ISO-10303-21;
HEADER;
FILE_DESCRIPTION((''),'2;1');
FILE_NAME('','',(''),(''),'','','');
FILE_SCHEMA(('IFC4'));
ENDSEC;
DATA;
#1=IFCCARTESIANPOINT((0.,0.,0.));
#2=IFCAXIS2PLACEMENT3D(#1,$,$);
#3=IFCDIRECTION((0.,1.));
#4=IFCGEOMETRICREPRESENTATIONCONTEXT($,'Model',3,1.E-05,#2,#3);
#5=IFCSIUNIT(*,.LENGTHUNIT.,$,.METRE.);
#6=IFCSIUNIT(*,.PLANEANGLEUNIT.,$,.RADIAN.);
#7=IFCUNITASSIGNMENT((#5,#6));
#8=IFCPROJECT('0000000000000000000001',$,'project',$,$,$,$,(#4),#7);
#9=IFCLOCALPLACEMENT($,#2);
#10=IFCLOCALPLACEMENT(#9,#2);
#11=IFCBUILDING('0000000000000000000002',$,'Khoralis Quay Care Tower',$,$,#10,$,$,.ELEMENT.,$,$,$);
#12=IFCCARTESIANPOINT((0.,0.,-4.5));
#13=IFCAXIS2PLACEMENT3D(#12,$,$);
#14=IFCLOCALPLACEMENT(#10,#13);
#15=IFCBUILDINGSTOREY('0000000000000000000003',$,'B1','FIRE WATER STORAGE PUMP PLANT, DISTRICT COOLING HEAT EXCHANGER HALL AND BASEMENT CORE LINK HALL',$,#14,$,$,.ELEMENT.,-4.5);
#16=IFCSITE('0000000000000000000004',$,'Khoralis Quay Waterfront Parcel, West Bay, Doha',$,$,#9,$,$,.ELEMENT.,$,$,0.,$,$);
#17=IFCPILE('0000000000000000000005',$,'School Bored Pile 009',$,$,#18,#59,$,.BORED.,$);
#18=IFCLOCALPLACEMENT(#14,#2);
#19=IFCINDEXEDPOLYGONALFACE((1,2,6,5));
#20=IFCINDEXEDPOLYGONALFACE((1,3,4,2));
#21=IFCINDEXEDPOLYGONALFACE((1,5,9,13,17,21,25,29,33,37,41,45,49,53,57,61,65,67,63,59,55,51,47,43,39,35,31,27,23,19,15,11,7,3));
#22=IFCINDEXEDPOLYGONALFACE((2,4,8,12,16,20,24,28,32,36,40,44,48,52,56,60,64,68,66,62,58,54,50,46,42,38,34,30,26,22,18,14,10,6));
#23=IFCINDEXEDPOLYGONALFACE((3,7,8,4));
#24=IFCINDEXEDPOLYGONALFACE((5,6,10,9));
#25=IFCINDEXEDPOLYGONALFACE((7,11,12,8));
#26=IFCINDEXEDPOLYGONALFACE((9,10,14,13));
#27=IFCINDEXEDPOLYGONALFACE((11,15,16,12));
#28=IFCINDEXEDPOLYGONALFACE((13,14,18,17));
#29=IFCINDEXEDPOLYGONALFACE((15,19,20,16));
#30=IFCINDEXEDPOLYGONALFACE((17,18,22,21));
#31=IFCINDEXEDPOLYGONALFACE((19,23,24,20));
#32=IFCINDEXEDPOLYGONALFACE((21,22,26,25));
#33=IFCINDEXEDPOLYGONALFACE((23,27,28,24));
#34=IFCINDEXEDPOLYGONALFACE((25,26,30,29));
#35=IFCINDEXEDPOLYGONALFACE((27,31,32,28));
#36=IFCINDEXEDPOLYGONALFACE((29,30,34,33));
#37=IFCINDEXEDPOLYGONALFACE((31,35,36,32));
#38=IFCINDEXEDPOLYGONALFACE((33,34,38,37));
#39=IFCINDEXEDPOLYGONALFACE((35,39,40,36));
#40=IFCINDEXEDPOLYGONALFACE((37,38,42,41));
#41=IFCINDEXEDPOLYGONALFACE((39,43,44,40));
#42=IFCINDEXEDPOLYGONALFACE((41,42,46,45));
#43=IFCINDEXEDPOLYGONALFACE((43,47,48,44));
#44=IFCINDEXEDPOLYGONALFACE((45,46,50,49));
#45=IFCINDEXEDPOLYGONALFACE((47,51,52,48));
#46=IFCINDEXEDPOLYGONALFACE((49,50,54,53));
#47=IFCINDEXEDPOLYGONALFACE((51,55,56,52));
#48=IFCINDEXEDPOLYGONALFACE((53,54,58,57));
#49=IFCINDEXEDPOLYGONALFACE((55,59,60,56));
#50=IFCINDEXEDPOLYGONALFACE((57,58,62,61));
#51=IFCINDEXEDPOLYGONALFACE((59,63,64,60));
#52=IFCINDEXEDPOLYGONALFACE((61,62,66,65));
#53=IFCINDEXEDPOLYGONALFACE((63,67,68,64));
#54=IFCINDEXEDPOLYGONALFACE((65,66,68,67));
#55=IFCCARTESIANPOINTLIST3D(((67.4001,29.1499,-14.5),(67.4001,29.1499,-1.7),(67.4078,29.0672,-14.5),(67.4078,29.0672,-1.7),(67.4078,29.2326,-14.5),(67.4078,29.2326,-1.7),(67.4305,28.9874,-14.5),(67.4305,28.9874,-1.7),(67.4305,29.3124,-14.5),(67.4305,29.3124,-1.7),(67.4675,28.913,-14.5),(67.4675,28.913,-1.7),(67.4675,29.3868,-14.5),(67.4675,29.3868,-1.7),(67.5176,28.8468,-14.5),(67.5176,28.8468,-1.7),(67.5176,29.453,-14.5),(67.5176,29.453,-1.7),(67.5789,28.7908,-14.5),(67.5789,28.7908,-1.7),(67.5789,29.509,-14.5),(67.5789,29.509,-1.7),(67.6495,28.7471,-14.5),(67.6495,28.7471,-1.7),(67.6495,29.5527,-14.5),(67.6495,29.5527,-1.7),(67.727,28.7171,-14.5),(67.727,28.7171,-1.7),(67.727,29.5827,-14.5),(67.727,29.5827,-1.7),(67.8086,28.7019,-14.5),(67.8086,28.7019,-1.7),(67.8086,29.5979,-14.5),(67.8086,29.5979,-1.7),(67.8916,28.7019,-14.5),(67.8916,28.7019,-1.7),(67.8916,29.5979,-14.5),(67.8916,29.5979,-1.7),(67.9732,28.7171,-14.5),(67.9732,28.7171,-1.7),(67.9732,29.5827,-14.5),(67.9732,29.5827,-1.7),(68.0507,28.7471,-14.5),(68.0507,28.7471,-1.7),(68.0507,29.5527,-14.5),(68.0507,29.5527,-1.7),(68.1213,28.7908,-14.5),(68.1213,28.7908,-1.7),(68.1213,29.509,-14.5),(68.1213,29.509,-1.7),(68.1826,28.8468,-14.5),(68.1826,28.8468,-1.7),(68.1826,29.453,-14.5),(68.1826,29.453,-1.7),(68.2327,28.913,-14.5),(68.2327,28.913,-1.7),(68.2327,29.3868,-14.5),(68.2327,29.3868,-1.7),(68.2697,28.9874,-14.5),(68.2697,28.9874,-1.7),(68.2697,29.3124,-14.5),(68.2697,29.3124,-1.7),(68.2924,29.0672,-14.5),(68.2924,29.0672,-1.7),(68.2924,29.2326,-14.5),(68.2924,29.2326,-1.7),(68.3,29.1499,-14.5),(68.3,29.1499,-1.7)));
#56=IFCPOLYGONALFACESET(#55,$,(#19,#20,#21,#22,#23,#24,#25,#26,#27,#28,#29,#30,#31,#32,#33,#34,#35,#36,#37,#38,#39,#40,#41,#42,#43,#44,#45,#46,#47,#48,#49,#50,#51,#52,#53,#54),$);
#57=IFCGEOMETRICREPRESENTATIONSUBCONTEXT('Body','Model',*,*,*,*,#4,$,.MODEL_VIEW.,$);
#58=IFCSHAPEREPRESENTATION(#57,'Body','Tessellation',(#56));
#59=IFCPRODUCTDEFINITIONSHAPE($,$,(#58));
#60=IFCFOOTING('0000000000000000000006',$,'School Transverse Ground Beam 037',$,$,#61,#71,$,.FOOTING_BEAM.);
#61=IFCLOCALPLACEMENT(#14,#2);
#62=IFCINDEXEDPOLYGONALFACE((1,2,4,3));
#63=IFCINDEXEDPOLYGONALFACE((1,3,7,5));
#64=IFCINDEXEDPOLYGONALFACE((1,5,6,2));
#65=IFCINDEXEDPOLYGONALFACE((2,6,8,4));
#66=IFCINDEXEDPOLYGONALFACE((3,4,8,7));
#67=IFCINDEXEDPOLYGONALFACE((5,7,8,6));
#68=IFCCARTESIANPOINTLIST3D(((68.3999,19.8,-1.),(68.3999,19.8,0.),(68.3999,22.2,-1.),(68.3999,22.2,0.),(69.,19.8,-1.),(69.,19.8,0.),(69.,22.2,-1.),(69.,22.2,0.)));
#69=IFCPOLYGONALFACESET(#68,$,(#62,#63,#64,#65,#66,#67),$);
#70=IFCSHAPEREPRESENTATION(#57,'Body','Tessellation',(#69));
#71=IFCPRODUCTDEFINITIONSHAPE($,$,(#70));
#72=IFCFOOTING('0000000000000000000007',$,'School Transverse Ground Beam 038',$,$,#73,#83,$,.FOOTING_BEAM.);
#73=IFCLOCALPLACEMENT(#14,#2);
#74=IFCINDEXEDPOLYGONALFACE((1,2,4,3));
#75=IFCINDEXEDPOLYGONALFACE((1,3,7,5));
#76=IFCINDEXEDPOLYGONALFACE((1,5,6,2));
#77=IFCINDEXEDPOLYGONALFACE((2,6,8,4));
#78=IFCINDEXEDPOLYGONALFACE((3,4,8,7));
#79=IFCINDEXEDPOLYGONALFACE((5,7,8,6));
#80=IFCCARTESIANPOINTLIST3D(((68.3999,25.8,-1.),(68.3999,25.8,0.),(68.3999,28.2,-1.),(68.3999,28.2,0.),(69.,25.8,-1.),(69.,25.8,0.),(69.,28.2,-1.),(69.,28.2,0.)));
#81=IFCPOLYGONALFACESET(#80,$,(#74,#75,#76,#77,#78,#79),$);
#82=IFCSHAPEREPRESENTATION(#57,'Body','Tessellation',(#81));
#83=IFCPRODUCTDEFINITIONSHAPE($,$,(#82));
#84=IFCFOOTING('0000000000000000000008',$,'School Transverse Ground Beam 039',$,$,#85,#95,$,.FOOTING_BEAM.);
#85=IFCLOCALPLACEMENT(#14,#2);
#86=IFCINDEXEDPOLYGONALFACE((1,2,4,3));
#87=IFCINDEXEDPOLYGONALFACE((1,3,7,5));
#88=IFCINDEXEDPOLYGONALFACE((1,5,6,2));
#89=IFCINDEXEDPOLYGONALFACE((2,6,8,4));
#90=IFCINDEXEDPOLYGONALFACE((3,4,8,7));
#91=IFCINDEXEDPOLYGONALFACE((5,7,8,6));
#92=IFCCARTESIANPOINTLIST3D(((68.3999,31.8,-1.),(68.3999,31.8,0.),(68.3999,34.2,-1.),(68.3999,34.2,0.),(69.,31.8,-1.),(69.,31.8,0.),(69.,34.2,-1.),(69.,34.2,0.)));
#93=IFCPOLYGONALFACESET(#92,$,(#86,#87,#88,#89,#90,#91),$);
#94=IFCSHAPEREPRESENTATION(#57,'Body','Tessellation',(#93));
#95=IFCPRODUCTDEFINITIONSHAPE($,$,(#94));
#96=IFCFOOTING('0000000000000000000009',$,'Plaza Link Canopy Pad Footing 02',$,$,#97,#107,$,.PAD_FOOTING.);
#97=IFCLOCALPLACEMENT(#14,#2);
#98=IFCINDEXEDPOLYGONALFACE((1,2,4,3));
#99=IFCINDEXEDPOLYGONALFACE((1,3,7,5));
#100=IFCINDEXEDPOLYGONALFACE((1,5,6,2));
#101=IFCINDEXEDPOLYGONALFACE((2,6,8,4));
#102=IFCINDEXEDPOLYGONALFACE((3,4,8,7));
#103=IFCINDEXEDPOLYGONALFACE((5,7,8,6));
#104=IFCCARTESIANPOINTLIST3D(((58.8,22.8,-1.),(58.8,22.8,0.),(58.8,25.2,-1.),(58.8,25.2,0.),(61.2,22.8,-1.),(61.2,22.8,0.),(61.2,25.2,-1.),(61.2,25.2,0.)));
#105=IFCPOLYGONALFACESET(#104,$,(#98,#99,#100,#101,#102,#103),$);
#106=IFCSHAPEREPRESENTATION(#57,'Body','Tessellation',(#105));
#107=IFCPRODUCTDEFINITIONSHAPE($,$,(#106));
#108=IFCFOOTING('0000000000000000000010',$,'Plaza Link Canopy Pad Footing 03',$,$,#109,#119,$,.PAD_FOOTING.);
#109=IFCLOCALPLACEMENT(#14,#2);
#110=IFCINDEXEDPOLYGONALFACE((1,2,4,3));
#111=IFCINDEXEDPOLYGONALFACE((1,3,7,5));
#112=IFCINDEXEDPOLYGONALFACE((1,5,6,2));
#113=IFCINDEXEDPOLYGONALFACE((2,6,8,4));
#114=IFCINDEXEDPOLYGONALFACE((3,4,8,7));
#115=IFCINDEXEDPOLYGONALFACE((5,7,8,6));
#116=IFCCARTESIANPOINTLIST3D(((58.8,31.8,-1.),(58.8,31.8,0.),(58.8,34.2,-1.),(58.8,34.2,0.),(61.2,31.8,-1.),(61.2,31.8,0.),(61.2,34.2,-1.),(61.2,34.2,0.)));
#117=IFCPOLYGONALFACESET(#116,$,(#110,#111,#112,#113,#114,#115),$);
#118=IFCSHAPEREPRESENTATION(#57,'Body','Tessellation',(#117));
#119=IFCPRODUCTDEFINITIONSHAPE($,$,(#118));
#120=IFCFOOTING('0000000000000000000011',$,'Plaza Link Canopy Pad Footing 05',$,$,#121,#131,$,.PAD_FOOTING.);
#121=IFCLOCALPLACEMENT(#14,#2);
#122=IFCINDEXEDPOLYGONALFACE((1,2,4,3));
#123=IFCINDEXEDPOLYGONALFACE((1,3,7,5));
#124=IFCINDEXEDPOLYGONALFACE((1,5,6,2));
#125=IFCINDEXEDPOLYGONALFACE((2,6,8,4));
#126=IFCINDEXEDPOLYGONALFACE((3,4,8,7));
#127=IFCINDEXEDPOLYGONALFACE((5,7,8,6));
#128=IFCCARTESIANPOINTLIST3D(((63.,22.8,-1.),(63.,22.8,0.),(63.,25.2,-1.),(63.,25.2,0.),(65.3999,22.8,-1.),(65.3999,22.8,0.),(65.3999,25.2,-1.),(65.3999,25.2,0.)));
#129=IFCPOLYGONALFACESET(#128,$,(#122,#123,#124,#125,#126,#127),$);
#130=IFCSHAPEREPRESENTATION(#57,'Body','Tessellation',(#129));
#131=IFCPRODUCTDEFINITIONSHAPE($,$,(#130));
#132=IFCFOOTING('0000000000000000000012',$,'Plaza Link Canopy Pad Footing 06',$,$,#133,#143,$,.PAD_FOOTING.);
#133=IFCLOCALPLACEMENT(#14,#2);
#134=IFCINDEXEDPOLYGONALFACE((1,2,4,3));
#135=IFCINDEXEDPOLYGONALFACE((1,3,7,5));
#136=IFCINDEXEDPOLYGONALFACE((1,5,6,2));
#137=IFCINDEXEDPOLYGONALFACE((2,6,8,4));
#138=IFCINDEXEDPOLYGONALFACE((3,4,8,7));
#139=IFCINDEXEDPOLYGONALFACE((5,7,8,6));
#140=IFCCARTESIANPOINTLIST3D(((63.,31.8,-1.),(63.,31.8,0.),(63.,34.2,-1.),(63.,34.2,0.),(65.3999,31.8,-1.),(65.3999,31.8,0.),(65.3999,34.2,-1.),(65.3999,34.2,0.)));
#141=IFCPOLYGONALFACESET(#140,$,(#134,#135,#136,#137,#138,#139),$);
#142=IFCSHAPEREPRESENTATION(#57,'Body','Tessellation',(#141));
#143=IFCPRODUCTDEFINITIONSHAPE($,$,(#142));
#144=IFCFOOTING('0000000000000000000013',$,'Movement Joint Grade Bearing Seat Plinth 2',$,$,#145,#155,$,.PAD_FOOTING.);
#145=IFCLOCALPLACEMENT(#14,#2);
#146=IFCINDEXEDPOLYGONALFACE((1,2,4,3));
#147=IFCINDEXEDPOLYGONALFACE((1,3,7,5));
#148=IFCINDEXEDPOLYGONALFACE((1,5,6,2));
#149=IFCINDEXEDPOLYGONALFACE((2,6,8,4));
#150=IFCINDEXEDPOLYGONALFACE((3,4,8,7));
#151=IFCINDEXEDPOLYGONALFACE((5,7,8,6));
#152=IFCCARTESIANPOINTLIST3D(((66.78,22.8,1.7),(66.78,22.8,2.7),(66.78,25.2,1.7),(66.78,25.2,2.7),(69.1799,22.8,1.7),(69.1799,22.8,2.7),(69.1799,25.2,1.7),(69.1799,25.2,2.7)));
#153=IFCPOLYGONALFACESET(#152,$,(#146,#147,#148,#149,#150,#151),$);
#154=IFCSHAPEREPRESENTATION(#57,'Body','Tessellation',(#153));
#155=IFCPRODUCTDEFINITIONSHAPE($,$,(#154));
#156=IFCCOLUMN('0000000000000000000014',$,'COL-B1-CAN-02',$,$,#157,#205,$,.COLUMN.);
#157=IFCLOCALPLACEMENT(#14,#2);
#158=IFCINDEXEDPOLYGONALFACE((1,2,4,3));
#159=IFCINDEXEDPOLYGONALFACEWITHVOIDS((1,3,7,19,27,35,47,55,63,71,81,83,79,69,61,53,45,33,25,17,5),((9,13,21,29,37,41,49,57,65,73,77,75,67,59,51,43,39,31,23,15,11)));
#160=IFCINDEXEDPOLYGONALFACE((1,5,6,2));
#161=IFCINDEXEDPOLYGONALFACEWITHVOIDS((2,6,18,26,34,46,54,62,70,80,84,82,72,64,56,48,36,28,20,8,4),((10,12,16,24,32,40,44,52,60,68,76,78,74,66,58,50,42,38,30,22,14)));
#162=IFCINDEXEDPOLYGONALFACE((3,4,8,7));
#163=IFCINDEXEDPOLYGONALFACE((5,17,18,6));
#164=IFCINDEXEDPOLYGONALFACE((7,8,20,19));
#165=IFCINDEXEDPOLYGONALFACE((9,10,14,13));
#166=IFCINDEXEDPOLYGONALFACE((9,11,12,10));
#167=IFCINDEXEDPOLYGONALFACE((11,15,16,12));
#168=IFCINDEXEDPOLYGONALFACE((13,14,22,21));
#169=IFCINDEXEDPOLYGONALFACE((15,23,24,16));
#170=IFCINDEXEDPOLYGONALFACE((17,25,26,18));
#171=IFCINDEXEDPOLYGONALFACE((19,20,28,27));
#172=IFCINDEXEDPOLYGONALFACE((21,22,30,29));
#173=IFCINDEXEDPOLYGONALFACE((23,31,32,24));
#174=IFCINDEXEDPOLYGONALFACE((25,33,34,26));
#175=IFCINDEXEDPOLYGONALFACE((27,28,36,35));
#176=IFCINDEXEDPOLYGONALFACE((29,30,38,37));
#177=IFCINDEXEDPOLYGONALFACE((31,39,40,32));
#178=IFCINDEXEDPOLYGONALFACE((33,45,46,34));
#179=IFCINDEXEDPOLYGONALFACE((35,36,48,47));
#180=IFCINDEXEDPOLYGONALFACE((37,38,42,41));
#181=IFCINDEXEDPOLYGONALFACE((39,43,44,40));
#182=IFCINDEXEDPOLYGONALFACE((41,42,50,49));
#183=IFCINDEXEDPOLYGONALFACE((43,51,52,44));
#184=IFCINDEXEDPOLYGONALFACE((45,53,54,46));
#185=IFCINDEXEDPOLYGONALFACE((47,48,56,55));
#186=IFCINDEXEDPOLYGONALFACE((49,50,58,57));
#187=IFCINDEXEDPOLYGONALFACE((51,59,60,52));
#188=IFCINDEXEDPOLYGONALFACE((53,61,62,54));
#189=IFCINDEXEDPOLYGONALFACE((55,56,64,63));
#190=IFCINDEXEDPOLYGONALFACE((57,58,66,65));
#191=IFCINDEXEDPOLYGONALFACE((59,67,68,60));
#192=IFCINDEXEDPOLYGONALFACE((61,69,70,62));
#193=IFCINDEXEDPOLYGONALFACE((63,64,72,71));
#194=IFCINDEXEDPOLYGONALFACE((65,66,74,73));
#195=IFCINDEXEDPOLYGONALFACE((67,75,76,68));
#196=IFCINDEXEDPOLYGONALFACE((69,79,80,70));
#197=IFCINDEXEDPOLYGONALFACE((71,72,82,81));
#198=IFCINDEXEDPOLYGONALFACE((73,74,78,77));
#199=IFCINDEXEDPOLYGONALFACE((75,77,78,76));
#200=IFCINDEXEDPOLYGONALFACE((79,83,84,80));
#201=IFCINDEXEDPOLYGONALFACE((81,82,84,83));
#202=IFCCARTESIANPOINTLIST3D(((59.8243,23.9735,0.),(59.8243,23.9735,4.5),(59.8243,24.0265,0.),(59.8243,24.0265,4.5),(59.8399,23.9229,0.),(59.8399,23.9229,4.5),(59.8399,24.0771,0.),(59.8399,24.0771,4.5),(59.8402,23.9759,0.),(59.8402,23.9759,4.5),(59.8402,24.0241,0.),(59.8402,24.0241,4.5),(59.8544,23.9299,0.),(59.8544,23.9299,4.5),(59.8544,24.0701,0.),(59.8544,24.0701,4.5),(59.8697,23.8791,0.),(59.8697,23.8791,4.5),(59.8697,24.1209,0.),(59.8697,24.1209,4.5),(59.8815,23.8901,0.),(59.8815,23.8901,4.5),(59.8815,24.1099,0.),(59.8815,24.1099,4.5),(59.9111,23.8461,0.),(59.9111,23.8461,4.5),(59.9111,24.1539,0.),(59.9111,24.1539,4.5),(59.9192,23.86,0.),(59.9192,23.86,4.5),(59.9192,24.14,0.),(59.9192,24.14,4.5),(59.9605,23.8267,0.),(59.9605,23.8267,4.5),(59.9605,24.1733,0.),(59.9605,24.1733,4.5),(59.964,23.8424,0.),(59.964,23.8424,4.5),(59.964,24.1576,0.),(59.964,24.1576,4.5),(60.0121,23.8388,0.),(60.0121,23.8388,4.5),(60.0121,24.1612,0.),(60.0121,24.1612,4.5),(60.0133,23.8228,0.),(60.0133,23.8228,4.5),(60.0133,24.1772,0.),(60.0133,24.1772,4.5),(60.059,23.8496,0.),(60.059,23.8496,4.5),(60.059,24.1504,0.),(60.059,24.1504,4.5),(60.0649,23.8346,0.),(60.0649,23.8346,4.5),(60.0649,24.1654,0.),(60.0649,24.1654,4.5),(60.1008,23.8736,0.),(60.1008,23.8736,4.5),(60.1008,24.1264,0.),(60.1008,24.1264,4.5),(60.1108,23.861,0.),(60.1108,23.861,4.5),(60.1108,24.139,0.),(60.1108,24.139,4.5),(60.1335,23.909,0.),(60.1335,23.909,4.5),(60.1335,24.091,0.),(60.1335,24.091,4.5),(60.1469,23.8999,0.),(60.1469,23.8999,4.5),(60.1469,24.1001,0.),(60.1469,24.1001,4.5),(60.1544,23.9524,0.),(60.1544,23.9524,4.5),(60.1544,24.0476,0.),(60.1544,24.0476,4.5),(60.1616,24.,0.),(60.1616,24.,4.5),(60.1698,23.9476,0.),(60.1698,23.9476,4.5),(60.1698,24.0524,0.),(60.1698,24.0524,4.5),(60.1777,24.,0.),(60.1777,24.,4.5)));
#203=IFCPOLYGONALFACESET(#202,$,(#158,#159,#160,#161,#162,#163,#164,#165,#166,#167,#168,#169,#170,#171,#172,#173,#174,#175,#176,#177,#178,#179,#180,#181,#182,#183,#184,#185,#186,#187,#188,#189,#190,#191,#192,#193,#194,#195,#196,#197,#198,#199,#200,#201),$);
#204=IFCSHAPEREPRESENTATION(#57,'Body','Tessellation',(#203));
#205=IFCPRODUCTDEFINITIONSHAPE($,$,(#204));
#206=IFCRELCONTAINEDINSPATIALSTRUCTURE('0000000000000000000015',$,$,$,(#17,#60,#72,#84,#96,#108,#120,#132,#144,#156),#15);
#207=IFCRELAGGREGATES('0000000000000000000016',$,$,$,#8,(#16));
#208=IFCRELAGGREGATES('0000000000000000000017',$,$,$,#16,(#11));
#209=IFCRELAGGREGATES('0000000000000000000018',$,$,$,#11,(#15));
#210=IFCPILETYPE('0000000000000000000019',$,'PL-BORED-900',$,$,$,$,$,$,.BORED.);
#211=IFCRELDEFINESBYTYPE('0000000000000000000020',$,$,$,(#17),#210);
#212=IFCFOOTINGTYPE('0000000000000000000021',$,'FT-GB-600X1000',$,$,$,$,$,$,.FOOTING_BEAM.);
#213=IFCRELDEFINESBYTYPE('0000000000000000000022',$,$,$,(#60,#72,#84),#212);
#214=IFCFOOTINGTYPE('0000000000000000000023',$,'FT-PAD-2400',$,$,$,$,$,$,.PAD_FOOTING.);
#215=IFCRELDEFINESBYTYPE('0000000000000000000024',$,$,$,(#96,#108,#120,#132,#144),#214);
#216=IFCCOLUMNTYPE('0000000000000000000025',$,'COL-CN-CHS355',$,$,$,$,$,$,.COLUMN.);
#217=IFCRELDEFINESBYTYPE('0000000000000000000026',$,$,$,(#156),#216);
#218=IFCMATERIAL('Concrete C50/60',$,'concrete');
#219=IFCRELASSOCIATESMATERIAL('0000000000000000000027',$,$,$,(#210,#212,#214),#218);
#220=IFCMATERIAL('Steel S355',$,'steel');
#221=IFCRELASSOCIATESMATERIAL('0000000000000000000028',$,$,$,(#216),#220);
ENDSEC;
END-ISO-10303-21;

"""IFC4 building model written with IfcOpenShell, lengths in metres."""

from ifc_helpers import new_model, si_unit, direction, frame, origin, origin_2d, place, context, subcontext, project, spatial, rectangle, circle, hollow_circle, extrude, source, transform, mapped, material, material_profile, profile_set, type_object, element, save


model = new_model("IFC4")

# Units and contexts
model_context = context("Model", 3, precision=1e-05, world=origin(), true_north=direction((0.0, 1.0)))
body_context = subcontext(model_context, "Body", "Model", "MODEL_VIEW")
ifc_project = project(units=[si_unit("LENGTHUNIT", "METRE"), si_unit("PLANEANGLEUNIT", "RADIAN")], contexts=[model_context])

# Site, building, storey
site_placement = place(None, origin())
site = spatial("IfcSite", under=ifc_project, at=site_placement, Name="Khoralis Quay Waterfront Parcel, West Bay, Doha", CompositionType="ELEMENT", RefElevation=0.0)
building_placement = place(site_placement, origin())
building = spatial("IfcBuilding", under=site, at=building_placement, Name="Khoralis Quay Care Tower", CompositionType="ELEMENT")
storey_placement = place(building_placement, frame((0.0, 0.0, -4.5)))
storey = spatial("IfcBuildingStorey", under=building, at=storey_placement, Name="B1", Description="FIRE WATER STORAGE PUMP PLANT, DISTRICT COOLING HEAT EXCHANGER HALL AND BASEMENT CORE LINK HALL", CompositionType="ELEMENT", Elevation=-4.5)

# Shared definitions
ifc_material_1 = material(Name="Concrete C50/60", Category="concrete")

# Pile
ifc_material_profile_1 = material_profile(ifc_material_1, circle(Radius=0.45, at=origin_2d()), Name="Concrete C50/60")
ifc_profile_set_1 = profile_set([ifc_material_profile_1], Name="Concrete C50/60")
pile_type_1 = type_object("IfcPileType", Name="PL-BORED-900", PredefinedType="BORED", material=ifc_profile_set_1)
shared_shape_1 = source(origin(), body_context, "Body", "SweptSolid", [
    extrude(circle(Radius=0.45, at=origin_2d()), origin(), (0.0, 0.0, 1.0), 12.8),
])
for number, where, z_axis, x_axis, name in (
    (1, (67.8501, 29.1499, -1.7), (0.0, 0.0, -1.0), (1.0, 0.0, 0.0), "School Bored Pile 009"),
):
    element("IfcPile", number, at=place(storey_placement, frame(where, z_axis=z_axis, x_axis=x_axis)), inside=storey, type_object=pile_type_1, Name=name, PredefinedType="BORED", context=body_context, shape_type="MappedRepresentation", body=[
        mapped(shared_shape_1, transform((0.0, 0.0, 0.0), scale=1.0)),
    ])

# Footings
ifc_material_profile_2 = material_profile(ifc_material_1, rectangle(XDim=0.6001, YDim=1.0, at=origin_2d()), Name="Concrete C50/60")
ifc_profile_set_2 = profile_set([ifc_material_profile_2], Name="Concrete C50/60")
footing_type_1 = type_object("IfcFootingType", Name="FT-GB-600X1000", PredefinedType="FOOTING_BEAM", material=ifc_profile_set_2)
shared_shape_2 = source(origin(), body_context, "Body", "SweptSolid", [
    extrude(rectangle(XDim=0.6001, YDim=1.0, at=origin_2d()), origin(), (0.0, 0.0, 1.0), 2.3999),
])
for number, where, z_axis, x_axis, name in (
    (2, (68.7, 19.8, -0.5), (0.0, 1.0, 0.0), (-1.0, 0.0, 0.0), "School Transverse Ground Beam 037"),
    (3, (68.7, 25.8, -0.5), (0.0, 1.0, 0.0), (-1.0, 0.0, 0.0), "School Transverse Ground Beam 038"),
    (4, (68.7, 31.8, -0.5), (0.0, 1.0, 0.0), (-1.0, 0.0, 0.0), "School Transverse Ground Beam 039"),
):
    element("IfcFooting", number, at=place(storey_placement, frame(where, z_axis=z_axis, x_axis=x_axis)), inside=storey, type_object=footing_type_1, Name=name, PredefinedType="FOOTING_BEAM", context=body_context, shape_type="MappedRepresentation", body=[
        mapped(shared_shape_2, transform((0.0, 0.0, 0.0), scale=1.0)),
    ])
footing_type_2 = type_object("IfcFootingType", Name="FT-PAD-2400", PredefinedType="PAD_FOOTING", material=ifc_material_1)
shared_shape_3 = source(origin(), body_context, "Body", "SweptSolid", [
    extrude(rectangle(XDim=2.3999, YDim=2.3999, at=origin_2d()), origin(), (0.0, 0.0, 1.0), 1.0),
])
for number, where, z_axis, x_axis, name in (
    (5, (60.0, 24.0, -1.0), (0.0, 0.0, 1.0), (1.0, 0.0, 0.0), "Plaza Link Canopy Pad Footing 02"),
    (6, (60.0, 33.0, -1.0), (0.0, 0.0, 1.0), (1.0, 0.0, 0.0), "Plaza Link Canopy Pad Footing 03"),
    (7, (64.2, 24.0, -1.0), (0.0, 0.0, 1.0), (1.0, 0.0, 0.0), "Plaza Link Canopy Pad Footing 05"),
    (8, (64.2, 33.0, -1.0), (0.0, 0.0, 1.0), (1.0, 0.0, 0.0), "Plaza Link Canopy Pad Footing 06"),
    (9, (67.98, 24.0, 1.7), (0.0, 0.0, 1.0), (1.0, 0.0, 0.0), "Movement Joint Grade Bearing Seat Plinth 2"),
):
    element("IfcFooting", number, at=place(storey_placement, frame(where, z_axis=z_axis, x_axis=x_axis)), inside=storey, type_object=footing_type_2, Name=name, PredefinedType="PAD_FOOTING", context=body_context, shape_type="MappedRepresentation", body=[
        mapped(shared_shape_3, transform((0.0, 0.0, 0.0), scale=1.0)),
    ])

# Column
ifc_material_2 = material(Name="Steel S355", Category="steel")
ifc_material_profile_3 = material_profile(ifc_material_2, hollow_circle(Radius=0.1777, WallThickness=0.0161, at=origin_2d()), Name="Steel S355")
ifc_profile_set_3 = profile_set([ifc_material_profile_3], Name="Steel S355")
column_type_1 = type_object("IfcColumnType", Name="COL-CN-CHS355", PredefinedType="COLUMN", material=ifc_profile_set_3)
shared_shape_4 = source(origin(), body_context, "Body", "SweptSolid", [
    extrude(hollow_circle(Radius=0.1777, WallThickness=0.0161, at=origin_2d()), origin(), (0.0, 0.0, 1.0), 4.5),
])
for number, where, z_axis, x_axis, name in (
    (10, (60.0, 24.0, 0.0), (0.0, 0.0, 1.0), (1.0, 0.0, 0.0), "COL-B1-CAN-02"),
):
    element("IfcColumn", number, at=place(storey_placement, frame(where, z_axis=z_axis, x_axis=x_axis)), inside=storey, type_object=column_type_1, Name=name, PredefinedType="COLUMN", context=body_context, shape_type="MappedRepresentation", body=[
        mapped(shared_shape_4, transform((0.0, 0.0, 0.0), scale=1.0)),
    ])

save(model, "model.ifc")
